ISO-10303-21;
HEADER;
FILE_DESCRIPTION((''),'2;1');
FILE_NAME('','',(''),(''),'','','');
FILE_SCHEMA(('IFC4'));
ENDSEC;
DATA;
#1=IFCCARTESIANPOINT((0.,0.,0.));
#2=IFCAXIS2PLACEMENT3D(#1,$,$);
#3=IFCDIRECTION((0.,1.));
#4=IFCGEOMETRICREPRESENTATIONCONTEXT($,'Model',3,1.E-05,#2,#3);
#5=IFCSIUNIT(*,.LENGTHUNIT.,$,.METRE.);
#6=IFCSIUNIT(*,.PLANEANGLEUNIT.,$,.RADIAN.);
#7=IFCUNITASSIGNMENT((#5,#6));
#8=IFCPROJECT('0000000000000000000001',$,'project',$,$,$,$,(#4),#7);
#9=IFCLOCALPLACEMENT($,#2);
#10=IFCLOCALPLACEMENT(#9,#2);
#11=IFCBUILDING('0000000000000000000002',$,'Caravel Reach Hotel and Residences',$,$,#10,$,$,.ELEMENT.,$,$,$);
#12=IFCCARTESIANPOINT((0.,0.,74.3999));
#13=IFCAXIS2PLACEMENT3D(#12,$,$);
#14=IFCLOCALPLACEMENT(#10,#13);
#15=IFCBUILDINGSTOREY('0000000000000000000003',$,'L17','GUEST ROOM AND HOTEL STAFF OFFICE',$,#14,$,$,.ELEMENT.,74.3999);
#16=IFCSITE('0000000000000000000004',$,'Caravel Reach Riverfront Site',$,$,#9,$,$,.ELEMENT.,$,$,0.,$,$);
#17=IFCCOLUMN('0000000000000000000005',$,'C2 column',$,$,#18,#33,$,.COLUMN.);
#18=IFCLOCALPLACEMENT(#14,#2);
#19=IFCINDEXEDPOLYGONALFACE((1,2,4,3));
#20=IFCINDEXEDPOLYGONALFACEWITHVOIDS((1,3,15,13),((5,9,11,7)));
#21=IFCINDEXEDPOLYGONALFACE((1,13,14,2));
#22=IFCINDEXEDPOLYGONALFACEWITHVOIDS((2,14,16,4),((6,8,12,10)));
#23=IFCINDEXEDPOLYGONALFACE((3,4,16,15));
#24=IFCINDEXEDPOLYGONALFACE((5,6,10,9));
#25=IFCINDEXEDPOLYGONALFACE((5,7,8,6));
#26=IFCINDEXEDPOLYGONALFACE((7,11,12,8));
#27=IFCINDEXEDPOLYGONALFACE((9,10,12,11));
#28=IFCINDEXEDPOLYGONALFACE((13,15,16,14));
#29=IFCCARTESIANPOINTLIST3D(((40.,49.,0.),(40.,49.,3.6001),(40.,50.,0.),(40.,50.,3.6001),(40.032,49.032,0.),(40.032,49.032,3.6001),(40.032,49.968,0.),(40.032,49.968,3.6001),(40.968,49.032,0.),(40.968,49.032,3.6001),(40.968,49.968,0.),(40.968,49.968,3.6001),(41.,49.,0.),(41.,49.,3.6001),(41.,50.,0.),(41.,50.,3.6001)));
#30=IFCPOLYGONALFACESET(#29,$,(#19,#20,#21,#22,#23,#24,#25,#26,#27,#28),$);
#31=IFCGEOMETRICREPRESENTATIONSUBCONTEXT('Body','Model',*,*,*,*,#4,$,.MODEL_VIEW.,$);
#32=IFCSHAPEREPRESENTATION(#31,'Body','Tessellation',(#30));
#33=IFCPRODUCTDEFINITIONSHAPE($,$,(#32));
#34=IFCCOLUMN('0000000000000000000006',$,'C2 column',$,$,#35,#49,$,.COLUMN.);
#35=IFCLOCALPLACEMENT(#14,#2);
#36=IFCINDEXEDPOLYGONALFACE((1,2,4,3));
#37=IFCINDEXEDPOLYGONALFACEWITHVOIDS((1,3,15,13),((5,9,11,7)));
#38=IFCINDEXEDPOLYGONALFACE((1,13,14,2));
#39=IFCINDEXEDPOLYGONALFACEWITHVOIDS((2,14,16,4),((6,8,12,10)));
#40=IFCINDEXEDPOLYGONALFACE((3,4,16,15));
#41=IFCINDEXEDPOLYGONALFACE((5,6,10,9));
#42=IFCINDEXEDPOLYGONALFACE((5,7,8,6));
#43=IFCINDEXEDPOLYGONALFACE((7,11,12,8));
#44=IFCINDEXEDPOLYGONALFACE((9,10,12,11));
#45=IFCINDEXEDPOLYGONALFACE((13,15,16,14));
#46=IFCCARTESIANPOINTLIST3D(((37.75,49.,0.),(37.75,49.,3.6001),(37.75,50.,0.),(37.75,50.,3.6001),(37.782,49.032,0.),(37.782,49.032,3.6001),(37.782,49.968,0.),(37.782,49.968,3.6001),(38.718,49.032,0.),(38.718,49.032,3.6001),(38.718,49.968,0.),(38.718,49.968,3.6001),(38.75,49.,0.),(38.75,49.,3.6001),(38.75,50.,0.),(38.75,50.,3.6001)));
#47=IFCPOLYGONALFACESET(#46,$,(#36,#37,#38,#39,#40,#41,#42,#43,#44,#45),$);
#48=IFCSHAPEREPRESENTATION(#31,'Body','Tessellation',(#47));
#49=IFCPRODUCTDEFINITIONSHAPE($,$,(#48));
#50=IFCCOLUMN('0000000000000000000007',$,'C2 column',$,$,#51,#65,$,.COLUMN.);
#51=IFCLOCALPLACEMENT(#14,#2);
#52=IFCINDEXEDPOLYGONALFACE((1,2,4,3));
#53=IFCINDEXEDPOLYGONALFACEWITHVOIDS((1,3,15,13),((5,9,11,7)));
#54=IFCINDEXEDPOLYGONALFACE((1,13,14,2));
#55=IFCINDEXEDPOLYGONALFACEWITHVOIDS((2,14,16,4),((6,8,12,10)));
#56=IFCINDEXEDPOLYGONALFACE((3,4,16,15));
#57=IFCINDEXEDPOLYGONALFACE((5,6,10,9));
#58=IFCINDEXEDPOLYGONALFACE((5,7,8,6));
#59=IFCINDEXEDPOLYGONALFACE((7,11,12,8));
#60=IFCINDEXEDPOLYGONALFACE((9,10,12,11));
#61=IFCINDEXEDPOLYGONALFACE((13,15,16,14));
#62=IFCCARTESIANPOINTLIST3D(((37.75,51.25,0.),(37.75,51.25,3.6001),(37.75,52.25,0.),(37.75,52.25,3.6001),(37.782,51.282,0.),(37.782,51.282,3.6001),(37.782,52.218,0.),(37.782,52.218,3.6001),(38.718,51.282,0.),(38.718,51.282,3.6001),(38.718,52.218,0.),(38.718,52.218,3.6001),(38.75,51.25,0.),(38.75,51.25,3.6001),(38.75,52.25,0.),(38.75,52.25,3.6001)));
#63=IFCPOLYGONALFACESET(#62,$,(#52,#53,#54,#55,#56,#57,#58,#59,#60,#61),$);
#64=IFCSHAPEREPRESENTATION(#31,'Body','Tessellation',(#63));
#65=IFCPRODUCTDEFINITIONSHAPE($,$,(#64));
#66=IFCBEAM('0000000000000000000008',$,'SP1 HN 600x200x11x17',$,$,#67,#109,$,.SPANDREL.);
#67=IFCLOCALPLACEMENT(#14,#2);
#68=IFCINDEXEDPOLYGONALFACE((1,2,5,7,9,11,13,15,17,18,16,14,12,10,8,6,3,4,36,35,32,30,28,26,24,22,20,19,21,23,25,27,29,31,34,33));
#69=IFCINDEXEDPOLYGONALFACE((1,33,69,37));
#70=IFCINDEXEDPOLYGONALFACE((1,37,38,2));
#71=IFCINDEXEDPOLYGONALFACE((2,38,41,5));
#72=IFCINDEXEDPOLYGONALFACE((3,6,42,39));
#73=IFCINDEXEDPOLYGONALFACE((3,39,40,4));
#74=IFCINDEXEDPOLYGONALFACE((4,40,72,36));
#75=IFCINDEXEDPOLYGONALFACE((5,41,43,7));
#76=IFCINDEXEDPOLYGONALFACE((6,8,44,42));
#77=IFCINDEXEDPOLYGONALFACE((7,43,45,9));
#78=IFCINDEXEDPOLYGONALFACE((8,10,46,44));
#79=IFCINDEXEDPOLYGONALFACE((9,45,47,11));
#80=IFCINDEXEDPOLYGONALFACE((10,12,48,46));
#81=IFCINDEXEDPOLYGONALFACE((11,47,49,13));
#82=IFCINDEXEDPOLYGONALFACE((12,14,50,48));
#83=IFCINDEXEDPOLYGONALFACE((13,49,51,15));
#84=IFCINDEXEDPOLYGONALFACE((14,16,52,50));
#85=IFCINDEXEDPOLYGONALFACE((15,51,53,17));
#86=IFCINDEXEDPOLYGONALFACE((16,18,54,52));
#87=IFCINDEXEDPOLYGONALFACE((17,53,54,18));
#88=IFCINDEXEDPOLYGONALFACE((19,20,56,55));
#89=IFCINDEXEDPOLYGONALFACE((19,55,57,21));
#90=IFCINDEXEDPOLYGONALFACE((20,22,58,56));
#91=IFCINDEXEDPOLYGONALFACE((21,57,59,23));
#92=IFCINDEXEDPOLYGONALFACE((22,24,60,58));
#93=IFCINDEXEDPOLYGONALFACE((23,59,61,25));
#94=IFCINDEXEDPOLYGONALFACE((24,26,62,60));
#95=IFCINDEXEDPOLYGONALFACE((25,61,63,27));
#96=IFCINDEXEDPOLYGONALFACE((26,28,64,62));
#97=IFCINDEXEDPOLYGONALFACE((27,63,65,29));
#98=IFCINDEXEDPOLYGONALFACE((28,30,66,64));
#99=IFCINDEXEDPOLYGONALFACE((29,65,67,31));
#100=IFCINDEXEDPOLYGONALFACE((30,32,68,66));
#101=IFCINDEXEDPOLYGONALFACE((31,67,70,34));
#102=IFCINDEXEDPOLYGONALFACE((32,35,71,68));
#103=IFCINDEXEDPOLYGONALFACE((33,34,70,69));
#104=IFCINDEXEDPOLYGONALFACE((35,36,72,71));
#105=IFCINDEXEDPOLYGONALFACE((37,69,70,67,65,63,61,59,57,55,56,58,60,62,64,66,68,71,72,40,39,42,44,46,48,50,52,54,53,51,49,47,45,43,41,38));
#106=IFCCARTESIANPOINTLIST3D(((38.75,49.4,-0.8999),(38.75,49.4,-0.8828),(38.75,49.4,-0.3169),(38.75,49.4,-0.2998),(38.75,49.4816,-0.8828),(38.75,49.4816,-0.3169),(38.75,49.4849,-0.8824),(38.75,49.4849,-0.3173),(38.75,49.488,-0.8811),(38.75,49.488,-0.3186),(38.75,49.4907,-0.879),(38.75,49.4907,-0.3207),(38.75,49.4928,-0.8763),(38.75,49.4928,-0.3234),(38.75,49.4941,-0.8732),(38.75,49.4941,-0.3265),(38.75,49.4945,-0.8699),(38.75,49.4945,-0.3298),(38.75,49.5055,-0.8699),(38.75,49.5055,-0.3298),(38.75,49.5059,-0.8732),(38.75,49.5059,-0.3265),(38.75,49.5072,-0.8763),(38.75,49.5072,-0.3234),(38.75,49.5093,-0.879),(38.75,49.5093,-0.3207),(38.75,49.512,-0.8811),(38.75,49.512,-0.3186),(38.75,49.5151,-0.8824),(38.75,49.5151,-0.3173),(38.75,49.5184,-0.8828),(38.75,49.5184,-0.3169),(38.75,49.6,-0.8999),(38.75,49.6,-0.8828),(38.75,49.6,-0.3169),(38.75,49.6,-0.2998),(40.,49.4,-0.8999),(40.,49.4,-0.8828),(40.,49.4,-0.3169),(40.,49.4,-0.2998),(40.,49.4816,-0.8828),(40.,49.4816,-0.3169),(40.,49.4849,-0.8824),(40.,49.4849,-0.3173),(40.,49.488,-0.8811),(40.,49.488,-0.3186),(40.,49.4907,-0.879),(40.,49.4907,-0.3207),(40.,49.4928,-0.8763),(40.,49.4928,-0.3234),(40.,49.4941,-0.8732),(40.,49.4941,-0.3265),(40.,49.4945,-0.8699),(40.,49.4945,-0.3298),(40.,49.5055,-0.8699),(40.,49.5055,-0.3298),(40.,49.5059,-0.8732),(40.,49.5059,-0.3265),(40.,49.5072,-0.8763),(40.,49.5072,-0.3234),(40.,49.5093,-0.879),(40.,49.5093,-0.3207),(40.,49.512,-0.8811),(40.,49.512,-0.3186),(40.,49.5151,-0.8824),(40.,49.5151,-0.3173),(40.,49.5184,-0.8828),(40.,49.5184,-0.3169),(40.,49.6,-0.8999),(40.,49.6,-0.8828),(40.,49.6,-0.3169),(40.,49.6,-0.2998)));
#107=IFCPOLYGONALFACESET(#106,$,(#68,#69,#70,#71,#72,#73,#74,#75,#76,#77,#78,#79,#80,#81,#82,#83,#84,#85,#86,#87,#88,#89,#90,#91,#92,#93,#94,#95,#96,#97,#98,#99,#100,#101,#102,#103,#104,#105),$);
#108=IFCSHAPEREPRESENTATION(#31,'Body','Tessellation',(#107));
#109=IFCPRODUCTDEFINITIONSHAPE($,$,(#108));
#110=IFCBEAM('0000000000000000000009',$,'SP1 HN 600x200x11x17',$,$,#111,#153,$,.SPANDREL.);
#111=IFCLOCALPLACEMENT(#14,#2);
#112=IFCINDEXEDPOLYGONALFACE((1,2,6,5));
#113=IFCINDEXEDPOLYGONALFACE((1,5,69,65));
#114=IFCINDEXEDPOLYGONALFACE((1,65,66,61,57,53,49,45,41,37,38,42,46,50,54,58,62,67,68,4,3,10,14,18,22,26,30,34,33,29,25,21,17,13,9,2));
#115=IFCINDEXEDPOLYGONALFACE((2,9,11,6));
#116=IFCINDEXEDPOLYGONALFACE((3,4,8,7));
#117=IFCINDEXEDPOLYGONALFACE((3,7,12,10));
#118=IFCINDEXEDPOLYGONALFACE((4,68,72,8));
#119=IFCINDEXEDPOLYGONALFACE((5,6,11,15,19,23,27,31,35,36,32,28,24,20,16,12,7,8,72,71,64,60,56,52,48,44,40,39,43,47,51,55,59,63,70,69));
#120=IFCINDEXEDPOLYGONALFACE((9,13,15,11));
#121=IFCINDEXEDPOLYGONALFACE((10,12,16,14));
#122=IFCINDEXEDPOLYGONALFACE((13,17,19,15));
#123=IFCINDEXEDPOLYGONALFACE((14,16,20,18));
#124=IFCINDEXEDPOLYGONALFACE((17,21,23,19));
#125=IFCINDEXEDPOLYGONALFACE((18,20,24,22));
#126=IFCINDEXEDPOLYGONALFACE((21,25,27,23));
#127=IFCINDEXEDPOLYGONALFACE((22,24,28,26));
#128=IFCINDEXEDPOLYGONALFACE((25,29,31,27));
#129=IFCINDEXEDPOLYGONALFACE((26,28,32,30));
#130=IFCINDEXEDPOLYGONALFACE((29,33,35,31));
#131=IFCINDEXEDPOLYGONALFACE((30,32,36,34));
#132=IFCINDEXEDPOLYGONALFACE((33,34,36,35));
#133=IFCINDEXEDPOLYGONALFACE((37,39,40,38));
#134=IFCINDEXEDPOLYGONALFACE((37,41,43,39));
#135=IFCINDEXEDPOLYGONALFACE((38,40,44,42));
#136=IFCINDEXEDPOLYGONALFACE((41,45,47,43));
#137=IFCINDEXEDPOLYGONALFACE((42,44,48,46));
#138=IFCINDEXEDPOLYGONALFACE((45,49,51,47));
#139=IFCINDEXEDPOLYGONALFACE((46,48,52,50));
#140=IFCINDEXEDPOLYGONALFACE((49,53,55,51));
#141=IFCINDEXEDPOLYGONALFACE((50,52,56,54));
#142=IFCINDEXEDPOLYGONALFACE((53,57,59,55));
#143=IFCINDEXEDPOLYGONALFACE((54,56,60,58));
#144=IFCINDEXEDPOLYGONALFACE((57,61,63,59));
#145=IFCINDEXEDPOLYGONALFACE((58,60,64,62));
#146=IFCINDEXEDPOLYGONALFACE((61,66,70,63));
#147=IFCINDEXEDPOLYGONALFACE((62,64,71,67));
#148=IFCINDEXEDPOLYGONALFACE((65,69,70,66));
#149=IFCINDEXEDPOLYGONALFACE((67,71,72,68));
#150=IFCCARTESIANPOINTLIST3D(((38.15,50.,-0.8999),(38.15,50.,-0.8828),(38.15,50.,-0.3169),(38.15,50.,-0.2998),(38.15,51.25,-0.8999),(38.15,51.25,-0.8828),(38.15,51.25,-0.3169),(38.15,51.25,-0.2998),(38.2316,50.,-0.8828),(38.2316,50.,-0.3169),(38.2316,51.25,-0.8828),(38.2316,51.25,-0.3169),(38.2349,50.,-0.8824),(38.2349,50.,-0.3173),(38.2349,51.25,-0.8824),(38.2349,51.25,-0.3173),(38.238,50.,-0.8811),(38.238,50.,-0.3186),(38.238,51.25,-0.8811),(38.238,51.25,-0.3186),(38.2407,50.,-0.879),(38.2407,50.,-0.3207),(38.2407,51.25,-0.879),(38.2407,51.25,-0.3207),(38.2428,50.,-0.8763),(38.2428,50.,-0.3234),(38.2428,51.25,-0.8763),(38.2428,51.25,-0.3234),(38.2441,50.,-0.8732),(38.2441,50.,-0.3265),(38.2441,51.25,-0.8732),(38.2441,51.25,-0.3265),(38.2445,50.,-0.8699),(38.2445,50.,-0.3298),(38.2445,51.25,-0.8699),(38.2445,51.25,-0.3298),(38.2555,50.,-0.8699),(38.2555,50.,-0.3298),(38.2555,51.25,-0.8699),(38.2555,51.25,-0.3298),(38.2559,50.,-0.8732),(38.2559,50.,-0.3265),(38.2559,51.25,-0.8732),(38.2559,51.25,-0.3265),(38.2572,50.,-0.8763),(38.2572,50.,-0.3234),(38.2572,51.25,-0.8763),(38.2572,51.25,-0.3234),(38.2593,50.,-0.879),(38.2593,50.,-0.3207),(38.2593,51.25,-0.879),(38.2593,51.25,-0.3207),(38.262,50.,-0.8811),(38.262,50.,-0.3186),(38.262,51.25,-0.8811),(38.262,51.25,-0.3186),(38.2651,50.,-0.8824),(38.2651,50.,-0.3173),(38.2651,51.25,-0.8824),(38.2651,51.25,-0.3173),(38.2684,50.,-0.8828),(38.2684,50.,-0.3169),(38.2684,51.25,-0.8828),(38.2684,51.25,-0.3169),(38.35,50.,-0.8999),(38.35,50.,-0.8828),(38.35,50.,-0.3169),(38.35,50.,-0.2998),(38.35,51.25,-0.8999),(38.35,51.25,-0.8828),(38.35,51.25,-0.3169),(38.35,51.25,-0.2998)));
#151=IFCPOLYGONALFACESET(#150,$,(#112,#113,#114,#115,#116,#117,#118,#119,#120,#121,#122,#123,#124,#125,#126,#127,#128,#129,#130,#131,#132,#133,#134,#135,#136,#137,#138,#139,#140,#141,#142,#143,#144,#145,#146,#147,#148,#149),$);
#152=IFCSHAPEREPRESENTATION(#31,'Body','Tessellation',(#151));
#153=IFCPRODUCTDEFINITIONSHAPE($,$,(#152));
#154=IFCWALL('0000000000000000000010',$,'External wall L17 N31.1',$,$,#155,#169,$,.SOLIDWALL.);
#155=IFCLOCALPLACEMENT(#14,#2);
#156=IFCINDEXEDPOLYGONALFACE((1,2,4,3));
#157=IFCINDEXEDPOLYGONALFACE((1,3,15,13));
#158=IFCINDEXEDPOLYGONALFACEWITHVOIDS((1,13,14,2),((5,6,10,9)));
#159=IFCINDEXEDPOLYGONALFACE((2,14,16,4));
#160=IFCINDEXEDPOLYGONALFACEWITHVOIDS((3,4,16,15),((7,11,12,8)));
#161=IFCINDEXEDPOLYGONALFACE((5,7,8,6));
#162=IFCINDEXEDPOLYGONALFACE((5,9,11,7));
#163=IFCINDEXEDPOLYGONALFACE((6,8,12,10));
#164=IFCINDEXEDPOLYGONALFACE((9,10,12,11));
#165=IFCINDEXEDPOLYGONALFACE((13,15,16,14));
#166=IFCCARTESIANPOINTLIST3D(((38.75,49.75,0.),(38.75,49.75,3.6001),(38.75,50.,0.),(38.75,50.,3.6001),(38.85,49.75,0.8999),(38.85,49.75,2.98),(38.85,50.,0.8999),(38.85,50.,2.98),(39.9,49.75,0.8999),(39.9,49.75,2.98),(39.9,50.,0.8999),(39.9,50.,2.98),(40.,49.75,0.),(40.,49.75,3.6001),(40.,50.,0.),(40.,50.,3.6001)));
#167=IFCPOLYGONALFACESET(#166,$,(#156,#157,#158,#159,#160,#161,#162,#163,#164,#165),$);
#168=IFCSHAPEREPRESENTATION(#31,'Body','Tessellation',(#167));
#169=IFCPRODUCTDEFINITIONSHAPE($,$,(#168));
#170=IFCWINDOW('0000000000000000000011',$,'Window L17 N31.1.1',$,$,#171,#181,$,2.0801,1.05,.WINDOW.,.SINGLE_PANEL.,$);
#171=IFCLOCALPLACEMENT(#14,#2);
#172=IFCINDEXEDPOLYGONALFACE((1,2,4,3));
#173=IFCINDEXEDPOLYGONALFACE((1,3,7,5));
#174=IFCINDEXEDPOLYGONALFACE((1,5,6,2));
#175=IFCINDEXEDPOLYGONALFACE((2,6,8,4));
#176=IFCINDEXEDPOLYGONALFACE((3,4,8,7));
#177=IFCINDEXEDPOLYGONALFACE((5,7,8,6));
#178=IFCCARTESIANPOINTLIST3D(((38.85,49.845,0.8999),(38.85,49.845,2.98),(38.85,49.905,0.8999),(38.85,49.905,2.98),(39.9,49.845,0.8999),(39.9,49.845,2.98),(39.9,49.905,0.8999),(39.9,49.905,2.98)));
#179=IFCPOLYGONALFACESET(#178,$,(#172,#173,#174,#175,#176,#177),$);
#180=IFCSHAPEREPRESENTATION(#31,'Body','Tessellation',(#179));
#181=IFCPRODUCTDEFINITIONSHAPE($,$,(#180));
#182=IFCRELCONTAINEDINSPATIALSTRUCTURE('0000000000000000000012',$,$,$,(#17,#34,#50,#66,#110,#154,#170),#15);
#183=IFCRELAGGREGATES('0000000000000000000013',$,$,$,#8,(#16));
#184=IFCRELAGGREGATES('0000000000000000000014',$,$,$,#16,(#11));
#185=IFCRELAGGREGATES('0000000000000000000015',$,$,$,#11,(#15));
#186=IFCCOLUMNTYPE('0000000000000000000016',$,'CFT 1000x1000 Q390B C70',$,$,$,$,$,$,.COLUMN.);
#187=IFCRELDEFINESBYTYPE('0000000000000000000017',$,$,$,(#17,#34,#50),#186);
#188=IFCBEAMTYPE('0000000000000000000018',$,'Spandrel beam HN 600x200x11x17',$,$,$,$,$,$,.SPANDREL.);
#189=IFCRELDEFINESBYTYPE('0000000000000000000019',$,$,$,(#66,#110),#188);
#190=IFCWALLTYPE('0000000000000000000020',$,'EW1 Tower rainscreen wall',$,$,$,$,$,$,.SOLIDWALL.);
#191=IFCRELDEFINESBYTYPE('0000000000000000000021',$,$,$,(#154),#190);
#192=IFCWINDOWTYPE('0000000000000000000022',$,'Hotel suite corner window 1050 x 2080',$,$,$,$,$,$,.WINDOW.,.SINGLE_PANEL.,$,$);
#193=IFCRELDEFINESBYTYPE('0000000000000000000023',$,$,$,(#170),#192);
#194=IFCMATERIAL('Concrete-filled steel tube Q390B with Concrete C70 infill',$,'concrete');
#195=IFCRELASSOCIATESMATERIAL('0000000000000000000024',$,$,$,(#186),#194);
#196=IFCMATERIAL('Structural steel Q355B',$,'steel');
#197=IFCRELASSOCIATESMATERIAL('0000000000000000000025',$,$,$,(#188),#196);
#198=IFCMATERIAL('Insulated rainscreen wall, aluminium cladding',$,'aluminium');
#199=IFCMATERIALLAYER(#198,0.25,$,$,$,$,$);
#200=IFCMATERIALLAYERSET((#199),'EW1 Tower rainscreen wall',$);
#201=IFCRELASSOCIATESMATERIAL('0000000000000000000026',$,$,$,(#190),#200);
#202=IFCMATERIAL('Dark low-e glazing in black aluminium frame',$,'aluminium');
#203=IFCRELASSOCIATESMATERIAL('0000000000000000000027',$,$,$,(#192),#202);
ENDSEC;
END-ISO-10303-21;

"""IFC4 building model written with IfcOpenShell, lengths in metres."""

from ifc_helpers import new_model, si_unit, direction, frame, frame_2d, origin, origin_2d, place, context, subcontext, project, spatial, rectangle, hollow_rectangle, i_section, extrude, material, layer, layer_set, material_profile, profile_set, type_object, element, fill, save


model = new_model("IFC4")

# Units and contexts
model_context = context("Model", 3, precision=1e-05, world=origin(), true_north=direction((0.0, 1.0)))
body_context = subcontext(model_context, "Body", "Model", "MODEL_VIEW")
ifc_project = project(units=[si_unit("LENGTHUNIT", "METRE"), si_unit("PLANEANGLEUNIT", "RADIAN")], contexts=[model_context])

# Site, building, storey
site_placement = place(None, origin())
site = spatial("IfcSite", under=ifc_project, at=site_placement, Name="Caravel Reach Riverfront Site", CompositionType="ELEMENT", RefElevation=0.0)
building_placement = place(site_placement, origin())
building = spatial("IfcBuilding", under=site, at=building_placement, Name="Caravel Reach Hotel and Residences", CompositionType="ELEMENT")
storey_placement = place(building_placement, frame((0.0, 0.0, 74.3999)))
storey = spatial("IfcBuildingStorey", under=building, at=storey_placement, Name="L17", Description="GUEST ROOM AND HOTEL STAFF OFFICE", CompositionType="ELEMENT", Elevation=74.3999)

# Columns
ifc_material_1 = material(Name="Concrete-filled steel tube Q390B with Concrete C70 infill", Category="concrete")
ifc_material_profile_1 = material_profile(ifc_material_1, hollow_rectangle(XDim=1.0, YDim=1.0, WallThickness=0.032, at=origin_2d()), Name="RHS 1000x1000x32")
ifc_profile_set_1 = profile_set([ifc_material_profile_1], Name="Concrete-filled steel tube Q390B with Concrete C70 infill")
column_type = type_object("IfcColumnType", Name="CFT 1000x1000 Q390B C70", PredefinedType="COLUMN", material=ifc_profile_set_1)
for number, where, z_axis, x_axis, name in (
    (1, (40.5, 49.5, 0.0), (0.0, 0.0, 1.0), (1.0, 0.0, 0.0), "C2 column"),
    (2, (38.25, 49.5, 0.0), (0.0, 0.0, 1.0), (1.0, 0.0, 0.0), "C2 column"),
    (3, (38.25, 51.75, 0.0), (0.0, 0.0, 1.0), (1.0, 0.0, 0.0), "C2 column"),
):
    element("IfcColumn", number, at=place(storey_placement, frame(where, z_axis=z_axis, x_axis=x_axis)), inside=storey, type_object=column_type, Name=name, PredefinedType="COLUMN", context=body_context, shape_type="SweptSolid", body=[
        extrude(hollow_rectangle(XDim=1.0, YDim=1.0, WallThickness=0.032, at=origin_2d()), origin(), (0.0, 0.0, 1.0), 3.6001),
    ])

# Beams
ifc_material_2 = material(Name="Structural steel Q355B", Category="steel")
ifc_material_profile_2 = material_profile(ifc_material_2, i_section(OverallWidth=0.2, OverallDepth=0.6001, WebThickness=0.011, FlangeThickness=0.0171, FilletRadius=0.0129, at=origin_2d()), Name="HN 600x200x11x17")
ifc_profile_set_2 = profile_set([ifc_material_profile_2], Name="Structural steel Q355B")
beam_type = type_object("IfcBeamType", Name="Spandrel beam HN 600x200x11x17", PredefinedType="SPANDREL", material=ifc_profile_set_2)
for number, where, z_axis, x_axis, name in (
    (4, (40.0, 49.5, -0.5999), (-1.0, 0.0, 0.0), (0.0, -1.0, 0.0), "SP1 HN 600x200x11x17"),
    (5, (38.25, 50.0, -0.5999), (0.0, 1.0, 0.0), (-1.0, 0.0, 0.0), "SP1 HN 600x200x11x17"),
):
    element("IfcBeam", number, at=place(storey_placement, frame(where, z_axis=z_axis, x_axis=x_axis)), inside=storey, type_object=beam_type, Name=name, PredefinedType="SPANDREL", context=body_context, shape_type="SweptSolid", body=[
        extrude(i_section(OverallWidth=0.2, OverallDepth=0.6001, WebThickness=0.011, FlangeThickness=0.0171, FilletRadius=0.0129, at=origin_2d()), origin(), (0.0, 0.0, 1.0), 1.25),
    ])

# Wall, opening, window
ifc_material_3 = material(Name="Insulated rainscreen wall, aluminium cladding", Category="aluminium")
ifc_layer = layer(ifc_material_3, 0.25)
ifc_layer_set = layer_set([ifc_layer], Name="EW1 Tower rainscreen wall")
wall_type = type_object("IfcWallType", Name="EW1 Tower rainscreen wall", PredefinedType="SOLIDWALL", material=ifc_layer_set)
wall_1_placement = place(storey_placement, frame((40.0, 49.875, 0.0), z_axis=(0.0, 0.0, 1.0), x_axis=(-1.0, 0.0, 0.0)))
wall_1 = element("IfcWall", 6, at=wall_1_placement, inside=storey, type_object=wall_type, Name="External wall L17 N31.1", PredefinedType="SOLIDWALL", context=body_context, shape_type="SweptSolid", body=[
    extrude(rectangle(XDim=1.25, YDim=0.25, at=frame_2d((0.625, 0.0))), origin(), (0.0, 0.0, 1.0), 3.6001),
])
opening_1_placement = place(wall_1_placement, frame((0.1001, 0.0, 0.8999)))
opening_1 = element("IfcOpeningElement", 7, at=opening_1_placement, cuts=wall_1, PredefinedType="OPENING", context=body_context, shape_type="SweptSolid", body=[
    extrude(rectangle(XDim=1.05, YDim=2.0801, at=frame_2d((0.5249, 1.04))), frame((0.0, 0.135, 0.0), z_axis=(0.0, -1.0, 0.0), x_axis=(1.0, 0.0, 0.0)), (0.0, 0.0, 1.0), 0.27),
])
ifc_material_4 = material(Name="Dark low-e glazing in black aluminium frame", Category="aluminium")
window_type = type_object("IfcWindowType", Name="Hotel suite corner window 1050 x 2080", PartitioningType="SINGLE_PANEL", PredefinedType="WINDOW", material=ifc_material_4)
window_1_placement = place(opening_1_placement, origin())
window_1 = element("IfcWindow", 8, at=window_1_placement, inside=storey, type_object=window_type, Name="Window L17 N31.1.1", OverallHeight=2.0801, OverallWidth=1.05, PartitioningType="SINGLE_PANEL", PredefinedType="WINDOW", context=body_context, shape_type="SweptSolid", body=[
    extrude(rectangle(XDim=1.05, YDim=2.0801, at=frame_2d((0.5249, 1.04))), frame((0.0, 0.03, 0.0), z_axis=(0.0, -1.0, 0.0), x_axis=(1.0, 0.0, 0.0)), (0.0, 0.0, 1.0), 0.0601),
])
fill(opening_1, window_1)

save(model, "model.ifc")
